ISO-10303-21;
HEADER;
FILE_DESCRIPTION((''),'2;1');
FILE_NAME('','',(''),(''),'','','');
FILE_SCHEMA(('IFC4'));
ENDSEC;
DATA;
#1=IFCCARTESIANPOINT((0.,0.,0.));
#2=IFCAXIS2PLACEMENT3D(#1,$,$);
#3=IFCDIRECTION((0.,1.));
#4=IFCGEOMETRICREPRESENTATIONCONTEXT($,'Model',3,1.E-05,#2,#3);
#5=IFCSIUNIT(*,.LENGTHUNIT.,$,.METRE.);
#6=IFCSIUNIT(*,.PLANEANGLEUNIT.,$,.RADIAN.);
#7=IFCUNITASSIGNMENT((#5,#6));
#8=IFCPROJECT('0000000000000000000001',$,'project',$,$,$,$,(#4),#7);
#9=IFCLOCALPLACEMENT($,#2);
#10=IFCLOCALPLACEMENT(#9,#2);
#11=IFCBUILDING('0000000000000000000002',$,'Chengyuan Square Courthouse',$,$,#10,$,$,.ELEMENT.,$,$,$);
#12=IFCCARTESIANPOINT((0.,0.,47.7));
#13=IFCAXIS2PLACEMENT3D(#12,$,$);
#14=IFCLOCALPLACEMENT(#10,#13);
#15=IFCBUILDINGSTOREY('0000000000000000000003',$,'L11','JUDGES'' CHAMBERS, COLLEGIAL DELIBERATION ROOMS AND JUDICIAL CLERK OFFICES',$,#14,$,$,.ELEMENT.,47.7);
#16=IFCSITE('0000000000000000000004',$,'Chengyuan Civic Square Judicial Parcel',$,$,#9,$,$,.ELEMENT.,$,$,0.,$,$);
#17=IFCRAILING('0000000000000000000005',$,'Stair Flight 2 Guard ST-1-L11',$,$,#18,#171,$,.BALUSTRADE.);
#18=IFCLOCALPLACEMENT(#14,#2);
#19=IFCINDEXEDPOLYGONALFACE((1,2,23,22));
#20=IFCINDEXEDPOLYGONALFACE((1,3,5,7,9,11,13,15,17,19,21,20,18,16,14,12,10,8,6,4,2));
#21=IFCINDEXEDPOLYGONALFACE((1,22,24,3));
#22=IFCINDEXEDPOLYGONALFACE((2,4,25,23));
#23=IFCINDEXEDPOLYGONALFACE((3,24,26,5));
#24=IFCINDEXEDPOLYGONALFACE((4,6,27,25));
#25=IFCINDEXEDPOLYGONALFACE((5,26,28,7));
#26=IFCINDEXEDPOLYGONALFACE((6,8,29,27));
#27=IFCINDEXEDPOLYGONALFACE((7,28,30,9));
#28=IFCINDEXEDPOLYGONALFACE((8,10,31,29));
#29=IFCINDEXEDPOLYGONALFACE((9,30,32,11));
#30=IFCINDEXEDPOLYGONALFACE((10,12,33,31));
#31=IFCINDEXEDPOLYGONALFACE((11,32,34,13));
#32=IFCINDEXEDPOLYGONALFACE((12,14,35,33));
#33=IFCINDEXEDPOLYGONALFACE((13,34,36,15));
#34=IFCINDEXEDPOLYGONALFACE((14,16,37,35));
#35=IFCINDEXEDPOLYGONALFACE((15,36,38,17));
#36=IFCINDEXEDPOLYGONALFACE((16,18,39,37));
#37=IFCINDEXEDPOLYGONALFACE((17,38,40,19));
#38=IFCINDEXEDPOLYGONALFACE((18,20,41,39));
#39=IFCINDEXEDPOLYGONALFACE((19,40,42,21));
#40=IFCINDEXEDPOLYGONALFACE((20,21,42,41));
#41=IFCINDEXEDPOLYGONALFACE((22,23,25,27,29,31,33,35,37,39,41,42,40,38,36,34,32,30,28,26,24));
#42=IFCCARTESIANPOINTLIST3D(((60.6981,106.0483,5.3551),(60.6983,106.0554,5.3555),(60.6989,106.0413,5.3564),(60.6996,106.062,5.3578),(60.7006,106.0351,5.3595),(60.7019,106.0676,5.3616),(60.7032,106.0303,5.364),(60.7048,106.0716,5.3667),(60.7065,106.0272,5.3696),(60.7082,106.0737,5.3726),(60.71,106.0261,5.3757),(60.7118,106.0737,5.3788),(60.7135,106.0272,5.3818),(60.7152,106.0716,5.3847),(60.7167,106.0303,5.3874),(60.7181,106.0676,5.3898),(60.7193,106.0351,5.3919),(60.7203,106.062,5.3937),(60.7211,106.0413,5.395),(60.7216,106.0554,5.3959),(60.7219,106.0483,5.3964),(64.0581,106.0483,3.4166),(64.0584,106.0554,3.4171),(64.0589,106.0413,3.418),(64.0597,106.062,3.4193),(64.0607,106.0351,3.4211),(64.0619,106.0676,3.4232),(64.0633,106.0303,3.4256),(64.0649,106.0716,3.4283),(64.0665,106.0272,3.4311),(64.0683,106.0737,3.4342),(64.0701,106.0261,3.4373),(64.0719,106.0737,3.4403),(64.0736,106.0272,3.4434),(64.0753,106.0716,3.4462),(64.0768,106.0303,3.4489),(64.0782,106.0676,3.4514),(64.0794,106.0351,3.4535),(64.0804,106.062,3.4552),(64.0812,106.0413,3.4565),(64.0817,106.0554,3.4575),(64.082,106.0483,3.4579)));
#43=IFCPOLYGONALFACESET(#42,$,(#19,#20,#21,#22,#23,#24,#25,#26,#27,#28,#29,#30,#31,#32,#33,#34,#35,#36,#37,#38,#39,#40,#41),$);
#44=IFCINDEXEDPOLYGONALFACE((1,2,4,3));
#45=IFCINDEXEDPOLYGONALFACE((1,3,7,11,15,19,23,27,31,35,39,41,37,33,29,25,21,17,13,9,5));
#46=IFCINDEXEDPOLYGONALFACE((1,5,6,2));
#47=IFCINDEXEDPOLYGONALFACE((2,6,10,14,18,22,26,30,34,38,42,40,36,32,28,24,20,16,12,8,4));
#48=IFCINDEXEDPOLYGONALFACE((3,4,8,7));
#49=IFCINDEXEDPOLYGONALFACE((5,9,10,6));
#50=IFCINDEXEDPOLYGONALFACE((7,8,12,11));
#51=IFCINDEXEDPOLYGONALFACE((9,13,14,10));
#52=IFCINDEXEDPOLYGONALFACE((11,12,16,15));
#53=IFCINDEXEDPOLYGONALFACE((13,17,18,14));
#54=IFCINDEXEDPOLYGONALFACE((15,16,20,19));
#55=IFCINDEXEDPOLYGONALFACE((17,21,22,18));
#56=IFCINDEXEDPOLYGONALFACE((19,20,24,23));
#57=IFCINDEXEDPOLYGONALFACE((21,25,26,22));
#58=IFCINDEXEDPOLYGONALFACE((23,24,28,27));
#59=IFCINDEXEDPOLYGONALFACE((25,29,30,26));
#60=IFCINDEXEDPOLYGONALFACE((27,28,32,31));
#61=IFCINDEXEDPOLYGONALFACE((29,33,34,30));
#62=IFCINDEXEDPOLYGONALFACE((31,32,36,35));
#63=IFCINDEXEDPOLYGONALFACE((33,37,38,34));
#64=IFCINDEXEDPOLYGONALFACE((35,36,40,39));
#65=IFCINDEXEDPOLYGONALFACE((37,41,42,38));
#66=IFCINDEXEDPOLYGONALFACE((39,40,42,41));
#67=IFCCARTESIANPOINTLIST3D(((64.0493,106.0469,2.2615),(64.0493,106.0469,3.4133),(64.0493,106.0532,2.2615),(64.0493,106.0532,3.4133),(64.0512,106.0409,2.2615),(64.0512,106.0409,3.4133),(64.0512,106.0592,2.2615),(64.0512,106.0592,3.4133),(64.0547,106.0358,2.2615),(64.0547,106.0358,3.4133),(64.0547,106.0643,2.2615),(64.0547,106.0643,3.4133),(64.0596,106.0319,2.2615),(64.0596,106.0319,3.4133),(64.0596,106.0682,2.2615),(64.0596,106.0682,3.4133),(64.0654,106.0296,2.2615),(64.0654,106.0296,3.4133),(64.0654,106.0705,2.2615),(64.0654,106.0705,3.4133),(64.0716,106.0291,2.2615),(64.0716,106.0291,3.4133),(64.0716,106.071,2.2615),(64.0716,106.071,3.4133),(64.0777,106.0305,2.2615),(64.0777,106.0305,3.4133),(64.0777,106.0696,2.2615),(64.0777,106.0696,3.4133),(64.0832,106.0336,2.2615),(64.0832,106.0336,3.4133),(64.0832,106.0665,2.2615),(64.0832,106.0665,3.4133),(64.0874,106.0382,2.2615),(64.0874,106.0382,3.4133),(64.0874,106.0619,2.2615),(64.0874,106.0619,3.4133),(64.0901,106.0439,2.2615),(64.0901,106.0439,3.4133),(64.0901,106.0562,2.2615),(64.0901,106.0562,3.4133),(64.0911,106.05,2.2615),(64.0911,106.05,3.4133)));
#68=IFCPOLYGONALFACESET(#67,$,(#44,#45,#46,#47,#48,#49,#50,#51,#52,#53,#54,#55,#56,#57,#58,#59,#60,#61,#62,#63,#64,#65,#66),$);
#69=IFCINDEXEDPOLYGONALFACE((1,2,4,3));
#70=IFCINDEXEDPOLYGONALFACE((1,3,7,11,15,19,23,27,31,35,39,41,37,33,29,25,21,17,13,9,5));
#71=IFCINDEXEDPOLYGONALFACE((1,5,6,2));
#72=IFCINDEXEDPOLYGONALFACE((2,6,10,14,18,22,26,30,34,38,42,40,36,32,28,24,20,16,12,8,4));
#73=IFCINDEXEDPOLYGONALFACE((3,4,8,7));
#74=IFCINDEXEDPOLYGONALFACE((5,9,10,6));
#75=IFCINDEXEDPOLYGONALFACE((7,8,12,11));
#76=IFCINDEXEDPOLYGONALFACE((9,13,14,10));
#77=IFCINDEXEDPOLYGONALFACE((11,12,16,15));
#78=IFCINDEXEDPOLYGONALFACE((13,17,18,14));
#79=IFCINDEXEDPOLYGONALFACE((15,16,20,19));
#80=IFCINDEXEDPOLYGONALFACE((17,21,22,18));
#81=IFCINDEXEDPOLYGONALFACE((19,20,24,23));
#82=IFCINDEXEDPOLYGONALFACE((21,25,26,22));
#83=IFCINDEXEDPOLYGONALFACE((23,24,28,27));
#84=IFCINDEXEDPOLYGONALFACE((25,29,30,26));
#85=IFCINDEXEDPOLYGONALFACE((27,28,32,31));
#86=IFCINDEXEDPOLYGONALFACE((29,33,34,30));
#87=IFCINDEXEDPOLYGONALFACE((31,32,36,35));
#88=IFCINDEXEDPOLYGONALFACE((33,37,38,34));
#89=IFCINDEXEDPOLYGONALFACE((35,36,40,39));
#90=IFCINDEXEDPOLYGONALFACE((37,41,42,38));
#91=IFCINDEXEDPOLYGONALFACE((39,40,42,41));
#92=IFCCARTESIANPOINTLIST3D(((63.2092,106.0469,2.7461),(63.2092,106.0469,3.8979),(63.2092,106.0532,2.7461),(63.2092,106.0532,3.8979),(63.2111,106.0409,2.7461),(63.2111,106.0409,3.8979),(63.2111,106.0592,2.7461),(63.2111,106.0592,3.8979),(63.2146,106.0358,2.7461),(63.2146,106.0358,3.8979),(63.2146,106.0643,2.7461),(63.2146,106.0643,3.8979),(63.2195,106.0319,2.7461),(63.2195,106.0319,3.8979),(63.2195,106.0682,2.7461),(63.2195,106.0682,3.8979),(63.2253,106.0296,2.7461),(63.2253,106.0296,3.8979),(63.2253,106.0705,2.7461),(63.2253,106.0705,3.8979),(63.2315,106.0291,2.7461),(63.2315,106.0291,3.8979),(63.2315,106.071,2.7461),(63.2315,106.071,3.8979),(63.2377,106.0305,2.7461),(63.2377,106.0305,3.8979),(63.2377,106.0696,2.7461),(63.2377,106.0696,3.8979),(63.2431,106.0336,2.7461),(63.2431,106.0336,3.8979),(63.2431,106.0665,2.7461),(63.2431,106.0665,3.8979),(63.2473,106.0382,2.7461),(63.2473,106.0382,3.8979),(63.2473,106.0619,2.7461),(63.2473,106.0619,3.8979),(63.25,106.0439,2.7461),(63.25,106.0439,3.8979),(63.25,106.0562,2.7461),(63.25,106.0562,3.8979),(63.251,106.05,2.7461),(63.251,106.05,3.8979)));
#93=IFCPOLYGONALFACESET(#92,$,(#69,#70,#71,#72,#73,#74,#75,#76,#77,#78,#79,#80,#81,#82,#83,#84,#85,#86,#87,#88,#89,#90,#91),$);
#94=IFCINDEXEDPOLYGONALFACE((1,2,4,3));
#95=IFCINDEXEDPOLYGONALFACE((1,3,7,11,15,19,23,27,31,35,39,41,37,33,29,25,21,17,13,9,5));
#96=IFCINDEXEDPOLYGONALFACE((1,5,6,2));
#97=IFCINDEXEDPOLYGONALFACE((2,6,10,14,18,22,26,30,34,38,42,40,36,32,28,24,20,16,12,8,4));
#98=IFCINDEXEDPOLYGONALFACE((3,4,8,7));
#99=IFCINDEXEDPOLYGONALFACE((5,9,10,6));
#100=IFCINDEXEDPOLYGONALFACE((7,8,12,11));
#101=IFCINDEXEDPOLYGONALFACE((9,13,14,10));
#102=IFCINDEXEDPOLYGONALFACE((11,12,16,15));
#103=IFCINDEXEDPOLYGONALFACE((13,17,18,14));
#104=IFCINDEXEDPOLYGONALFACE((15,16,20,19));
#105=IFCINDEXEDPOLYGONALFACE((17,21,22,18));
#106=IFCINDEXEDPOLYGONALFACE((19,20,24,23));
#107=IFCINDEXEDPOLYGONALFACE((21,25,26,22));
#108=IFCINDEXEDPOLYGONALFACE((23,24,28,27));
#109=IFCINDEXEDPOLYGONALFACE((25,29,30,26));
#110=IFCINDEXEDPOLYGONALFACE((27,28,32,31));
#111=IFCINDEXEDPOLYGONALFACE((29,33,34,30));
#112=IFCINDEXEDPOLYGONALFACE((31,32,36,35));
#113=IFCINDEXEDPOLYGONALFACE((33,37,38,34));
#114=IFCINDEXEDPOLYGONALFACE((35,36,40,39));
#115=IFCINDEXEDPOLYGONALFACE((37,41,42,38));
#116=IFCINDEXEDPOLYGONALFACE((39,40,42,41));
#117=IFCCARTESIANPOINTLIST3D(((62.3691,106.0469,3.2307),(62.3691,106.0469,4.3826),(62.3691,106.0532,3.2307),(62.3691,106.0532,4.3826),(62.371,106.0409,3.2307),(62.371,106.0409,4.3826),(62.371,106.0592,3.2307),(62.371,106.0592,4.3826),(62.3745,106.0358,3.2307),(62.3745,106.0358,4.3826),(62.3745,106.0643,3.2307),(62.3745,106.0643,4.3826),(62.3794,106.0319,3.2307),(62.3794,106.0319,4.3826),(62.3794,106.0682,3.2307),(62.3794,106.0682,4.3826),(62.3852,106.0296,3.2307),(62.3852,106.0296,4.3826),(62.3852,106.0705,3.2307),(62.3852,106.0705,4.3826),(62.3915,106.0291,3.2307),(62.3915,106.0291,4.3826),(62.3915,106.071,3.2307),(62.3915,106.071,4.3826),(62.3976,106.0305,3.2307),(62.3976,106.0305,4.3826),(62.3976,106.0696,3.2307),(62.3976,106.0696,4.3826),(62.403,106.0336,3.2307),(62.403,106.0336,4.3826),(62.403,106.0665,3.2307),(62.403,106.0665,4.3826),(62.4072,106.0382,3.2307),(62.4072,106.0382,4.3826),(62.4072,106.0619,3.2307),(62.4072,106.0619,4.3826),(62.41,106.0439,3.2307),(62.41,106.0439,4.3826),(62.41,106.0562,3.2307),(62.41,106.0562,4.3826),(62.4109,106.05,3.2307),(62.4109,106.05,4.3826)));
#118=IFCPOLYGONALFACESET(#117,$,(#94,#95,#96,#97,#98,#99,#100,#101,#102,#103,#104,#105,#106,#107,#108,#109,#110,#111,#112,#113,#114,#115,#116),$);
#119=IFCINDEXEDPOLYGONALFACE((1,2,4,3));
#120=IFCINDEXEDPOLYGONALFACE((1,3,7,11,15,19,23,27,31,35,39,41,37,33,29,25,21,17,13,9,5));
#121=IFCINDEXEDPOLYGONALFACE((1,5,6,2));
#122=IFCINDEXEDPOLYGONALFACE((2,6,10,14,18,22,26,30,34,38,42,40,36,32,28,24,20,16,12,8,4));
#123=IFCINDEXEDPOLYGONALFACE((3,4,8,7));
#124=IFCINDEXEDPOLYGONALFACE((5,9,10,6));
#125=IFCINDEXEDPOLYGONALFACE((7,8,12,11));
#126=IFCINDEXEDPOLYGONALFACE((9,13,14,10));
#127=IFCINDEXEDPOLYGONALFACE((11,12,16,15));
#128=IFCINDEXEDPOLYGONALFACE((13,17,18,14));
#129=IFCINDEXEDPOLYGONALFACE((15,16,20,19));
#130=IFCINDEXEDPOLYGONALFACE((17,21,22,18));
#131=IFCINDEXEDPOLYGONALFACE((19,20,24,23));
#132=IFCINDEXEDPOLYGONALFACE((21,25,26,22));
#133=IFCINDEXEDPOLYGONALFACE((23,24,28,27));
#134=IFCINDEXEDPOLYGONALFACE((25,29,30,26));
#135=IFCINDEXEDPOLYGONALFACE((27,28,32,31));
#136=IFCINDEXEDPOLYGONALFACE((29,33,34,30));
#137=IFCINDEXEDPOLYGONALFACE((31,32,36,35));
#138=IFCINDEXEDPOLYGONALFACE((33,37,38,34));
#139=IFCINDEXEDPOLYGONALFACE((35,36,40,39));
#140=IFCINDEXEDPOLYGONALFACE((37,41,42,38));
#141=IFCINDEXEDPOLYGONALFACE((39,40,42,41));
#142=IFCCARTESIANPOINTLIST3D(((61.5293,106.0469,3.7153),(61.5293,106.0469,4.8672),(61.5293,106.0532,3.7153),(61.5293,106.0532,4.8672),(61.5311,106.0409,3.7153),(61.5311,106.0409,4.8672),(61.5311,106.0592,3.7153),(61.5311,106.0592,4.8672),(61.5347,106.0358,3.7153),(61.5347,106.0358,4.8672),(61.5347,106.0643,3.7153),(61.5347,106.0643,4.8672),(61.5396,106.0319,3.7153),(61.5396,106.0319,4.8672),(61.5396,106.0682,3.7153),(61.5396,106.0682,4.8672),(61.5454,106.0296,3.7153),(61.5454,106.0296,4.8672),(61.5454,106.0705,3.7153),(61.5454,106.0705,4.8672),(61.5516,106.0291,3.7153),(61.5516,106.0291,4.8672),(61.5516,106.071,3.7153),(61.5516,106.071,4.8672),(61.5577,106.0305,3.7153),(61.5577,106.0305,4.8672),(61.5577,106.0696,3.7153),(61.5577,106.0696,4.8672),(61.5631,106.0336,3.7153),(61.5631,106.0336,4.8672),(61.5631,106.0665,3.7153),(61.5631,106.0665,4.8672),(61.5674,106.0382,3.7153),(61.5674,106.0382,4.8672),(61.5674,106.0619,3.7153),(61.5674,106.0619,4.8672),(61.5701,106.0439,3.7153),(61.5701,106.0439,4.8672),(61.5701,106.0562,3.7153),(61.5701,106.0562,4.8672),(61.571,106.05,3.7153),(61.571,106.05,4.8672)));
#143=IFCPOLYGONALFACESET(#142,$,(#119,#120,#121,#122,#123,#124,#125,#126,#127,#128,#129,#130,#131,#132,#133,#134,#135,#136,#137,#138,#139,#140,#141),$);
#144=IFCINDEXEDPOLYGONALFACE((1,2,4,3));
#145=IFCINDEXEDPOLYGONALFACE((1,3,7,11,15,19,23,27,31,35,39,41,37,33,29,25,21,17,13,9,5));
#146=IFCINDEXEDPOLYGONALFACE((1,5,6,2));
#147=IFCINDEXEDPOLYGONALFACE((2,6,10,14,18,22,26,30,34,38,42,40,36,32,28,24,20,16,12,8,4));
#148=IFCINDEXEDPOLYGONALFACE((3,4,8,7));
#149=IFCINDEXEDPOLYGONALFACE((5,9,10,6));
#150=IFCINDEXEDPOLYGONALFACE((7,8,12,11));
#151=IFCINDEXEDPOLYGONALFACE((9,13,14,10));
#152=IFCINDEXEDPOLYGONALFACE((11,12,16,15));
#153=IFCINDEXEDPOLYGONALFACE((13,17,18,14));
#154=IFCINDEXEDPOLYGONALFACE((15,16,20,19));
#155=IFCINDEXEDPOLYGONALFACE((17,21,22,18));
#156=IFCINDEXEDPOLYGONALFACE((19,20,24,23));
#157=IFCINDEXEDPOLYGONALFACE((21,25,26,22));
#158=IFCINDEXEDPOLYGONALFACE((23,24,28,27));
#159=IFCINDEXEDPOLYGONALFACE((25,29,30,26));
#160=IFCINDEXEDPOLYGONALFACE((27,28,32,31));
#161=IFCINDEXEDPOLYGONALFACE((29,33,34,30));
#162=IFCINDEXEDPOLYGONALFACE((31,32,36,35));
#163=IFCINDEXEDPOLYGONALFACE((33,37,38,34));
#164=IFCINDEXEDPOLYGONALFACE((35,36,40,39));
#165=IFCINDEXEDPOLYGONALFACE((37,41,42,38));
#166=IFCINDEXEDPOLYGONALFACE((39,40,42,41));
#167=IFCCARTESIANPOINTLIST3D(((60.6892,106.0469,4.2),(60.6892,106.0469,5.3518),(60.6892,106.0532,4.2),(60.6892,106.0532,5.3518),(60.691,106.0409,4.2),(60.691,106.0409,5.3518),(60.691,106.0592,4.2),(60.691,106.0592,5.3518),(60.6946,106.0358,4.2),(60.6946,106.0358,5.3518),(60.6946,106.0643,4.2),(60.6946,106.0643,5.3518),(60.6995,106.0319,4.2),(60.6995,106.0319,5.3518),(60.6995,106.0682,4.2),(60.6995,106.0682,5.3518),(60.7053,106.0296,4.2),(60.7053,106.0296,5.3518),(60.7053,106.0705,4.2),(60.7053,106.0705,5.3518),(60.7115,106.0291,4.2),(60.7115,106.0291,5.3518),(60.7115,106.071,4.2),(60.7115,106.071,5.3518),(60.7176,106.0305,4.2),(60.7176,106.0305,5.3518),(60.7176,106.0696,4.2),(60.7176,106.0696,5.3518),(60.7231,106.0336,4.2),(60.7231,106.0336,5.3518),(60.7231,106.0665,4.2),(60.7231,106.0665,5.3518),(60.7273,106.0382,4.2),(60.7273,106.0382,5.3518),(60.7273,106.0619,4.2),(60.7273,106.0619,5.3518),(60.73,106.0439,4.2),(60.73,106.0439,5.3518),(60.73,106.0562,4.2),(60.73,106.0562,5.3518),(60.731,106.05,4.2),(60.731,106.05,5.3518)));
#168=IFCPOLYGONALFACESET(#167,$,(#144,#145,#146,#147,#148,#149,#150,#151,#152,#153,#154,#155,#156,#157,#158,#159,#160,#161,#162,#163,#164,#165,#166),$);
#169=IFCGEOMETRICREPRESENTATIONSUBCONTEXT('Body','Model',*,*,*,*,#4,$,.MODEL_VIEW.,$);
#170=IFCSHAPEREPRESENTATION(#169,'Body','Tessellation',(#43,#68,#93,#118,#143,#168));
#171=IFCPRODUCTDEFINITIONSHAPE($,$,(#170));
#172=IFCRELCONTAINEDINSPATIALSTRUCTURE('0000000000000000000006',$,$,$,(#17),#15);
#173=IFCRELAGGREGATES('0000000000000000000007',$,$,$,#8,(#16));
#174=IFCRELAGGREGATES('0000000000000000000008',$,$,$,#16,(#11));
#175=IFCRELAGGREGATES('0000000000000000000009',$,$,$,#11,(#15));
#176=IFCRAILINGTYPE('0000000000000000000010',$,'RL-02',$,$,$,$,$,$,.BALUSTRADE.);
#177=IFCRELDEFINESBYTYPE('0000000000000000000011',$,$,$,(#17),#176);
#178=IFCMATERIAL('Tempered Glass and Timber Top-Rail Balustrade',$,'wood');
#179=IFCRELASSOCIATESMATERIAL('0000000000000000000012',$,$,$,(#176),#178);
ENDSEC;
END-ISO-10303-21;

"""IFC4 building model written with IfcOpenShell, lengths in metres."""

from ifc_helpers import new_model, si_unit, direction, frame, origin, origin_2d, place, context, subcontext, project, spatial, circle, extrude, material, type_object, element, save


model = new_model("IFC4")

# Units and contexts
model_context = context("Model", 3, precision=1e-05, world=origin(), true_north=direction((0.0, 1.0)))
body_context = subcontext(model_context, "Body", "Model", "MODEL_VIEW")
ifc_project = project(units=[si_unit("LENGTHUNIT", "METRE"), si_unit("PLANEANGLEUNIT", "RADIAN")], contexts=[model_context])

# Site, building, storey
site_placement = place(None, origin())
site = spatial("IfcSite", under=ifc_project, at=site_placement, Name="Chengyuan Civic Square Judicial Parcel", CompositionType="ELEMENT", RefElevation=0.0)
building_placement = place(site_placement, origin())
building = spatial("IfcBuilding", under=site, at=building_placement, Name="Chengyuan Square Courthouse", CompositionType="ELEMENT")
storey_placement = place(building_placement, frame((0.0, 0.0, 47.7)))
storey = spatial("IfcBuildingStorey", under=building, at=storey_placement, Name="L11", Description="JUDGES' CHAMBERS, COLLEGIAL DELIBERATION ROOMS AND JUDICIAL CLERK OFFICES", CompositionType="ELEMENT", Elevation=47.7)

# Railing
ifc_material_1 = material(Name="Tempered Glass and Timber Top-Rail Balustrade", Category="wood")
railing_type_1 = type_object("IfcRailingType", Name="RL-02", PredefinedType="BALUSTRADE", material=ifc_material_1)
railing_1_placement = place(storey_placement, frame((64.0701, 106.05, 2.2615)))
element("IfcRailing", 1, at=railing_1_placement, inside=storey, type_object=railing_type_1, Name="Stair Flight 2 Guard ST-1-L11", PredefinedType="BALUSTRADE", context=body_context, shape_type="SweptSolid", body=[
    extrude(circle(Radius=0.0239, at=origin_2d()), frame((0.0, 0.0, 1.1758), z_axis=(-0.866191, 0.0, 0.499713), x_axis=(0.0, -1.0, 0.0)), (0.0, 0.0, 1.0), 3.8792),
    extrude(circle(Radius=0.021, at=origin_2d()), origin(), (0.0, 0.0, 1.0), 1.1519),
    extrude(circle(Radius=0.021, at=origin_2d()), frame((-0.8401, 0.0, 0.4846)), (0.0, 0.0, 1.0), 1.1519),
    extrude(circle(Radius=0.021, at=origin_2d()), frame((-1.6802, 0.0, 0.9692)), (0.0, 0.0, 1.0), 1.1519),
    extrude(circle(Radius=0.021, at=origin_2d()), frame((-2.52, 0.0, 1.4539)), (0.0, 0.0, 1.0), 1.1519),
    extrude(circle(Radius=0.021, at=origin_2d()), frame((-3.3601, 0.0, 1.9385)), (0.0, 0.0, 1.0), 1.1519),
])

save(model, "model.ifc")
